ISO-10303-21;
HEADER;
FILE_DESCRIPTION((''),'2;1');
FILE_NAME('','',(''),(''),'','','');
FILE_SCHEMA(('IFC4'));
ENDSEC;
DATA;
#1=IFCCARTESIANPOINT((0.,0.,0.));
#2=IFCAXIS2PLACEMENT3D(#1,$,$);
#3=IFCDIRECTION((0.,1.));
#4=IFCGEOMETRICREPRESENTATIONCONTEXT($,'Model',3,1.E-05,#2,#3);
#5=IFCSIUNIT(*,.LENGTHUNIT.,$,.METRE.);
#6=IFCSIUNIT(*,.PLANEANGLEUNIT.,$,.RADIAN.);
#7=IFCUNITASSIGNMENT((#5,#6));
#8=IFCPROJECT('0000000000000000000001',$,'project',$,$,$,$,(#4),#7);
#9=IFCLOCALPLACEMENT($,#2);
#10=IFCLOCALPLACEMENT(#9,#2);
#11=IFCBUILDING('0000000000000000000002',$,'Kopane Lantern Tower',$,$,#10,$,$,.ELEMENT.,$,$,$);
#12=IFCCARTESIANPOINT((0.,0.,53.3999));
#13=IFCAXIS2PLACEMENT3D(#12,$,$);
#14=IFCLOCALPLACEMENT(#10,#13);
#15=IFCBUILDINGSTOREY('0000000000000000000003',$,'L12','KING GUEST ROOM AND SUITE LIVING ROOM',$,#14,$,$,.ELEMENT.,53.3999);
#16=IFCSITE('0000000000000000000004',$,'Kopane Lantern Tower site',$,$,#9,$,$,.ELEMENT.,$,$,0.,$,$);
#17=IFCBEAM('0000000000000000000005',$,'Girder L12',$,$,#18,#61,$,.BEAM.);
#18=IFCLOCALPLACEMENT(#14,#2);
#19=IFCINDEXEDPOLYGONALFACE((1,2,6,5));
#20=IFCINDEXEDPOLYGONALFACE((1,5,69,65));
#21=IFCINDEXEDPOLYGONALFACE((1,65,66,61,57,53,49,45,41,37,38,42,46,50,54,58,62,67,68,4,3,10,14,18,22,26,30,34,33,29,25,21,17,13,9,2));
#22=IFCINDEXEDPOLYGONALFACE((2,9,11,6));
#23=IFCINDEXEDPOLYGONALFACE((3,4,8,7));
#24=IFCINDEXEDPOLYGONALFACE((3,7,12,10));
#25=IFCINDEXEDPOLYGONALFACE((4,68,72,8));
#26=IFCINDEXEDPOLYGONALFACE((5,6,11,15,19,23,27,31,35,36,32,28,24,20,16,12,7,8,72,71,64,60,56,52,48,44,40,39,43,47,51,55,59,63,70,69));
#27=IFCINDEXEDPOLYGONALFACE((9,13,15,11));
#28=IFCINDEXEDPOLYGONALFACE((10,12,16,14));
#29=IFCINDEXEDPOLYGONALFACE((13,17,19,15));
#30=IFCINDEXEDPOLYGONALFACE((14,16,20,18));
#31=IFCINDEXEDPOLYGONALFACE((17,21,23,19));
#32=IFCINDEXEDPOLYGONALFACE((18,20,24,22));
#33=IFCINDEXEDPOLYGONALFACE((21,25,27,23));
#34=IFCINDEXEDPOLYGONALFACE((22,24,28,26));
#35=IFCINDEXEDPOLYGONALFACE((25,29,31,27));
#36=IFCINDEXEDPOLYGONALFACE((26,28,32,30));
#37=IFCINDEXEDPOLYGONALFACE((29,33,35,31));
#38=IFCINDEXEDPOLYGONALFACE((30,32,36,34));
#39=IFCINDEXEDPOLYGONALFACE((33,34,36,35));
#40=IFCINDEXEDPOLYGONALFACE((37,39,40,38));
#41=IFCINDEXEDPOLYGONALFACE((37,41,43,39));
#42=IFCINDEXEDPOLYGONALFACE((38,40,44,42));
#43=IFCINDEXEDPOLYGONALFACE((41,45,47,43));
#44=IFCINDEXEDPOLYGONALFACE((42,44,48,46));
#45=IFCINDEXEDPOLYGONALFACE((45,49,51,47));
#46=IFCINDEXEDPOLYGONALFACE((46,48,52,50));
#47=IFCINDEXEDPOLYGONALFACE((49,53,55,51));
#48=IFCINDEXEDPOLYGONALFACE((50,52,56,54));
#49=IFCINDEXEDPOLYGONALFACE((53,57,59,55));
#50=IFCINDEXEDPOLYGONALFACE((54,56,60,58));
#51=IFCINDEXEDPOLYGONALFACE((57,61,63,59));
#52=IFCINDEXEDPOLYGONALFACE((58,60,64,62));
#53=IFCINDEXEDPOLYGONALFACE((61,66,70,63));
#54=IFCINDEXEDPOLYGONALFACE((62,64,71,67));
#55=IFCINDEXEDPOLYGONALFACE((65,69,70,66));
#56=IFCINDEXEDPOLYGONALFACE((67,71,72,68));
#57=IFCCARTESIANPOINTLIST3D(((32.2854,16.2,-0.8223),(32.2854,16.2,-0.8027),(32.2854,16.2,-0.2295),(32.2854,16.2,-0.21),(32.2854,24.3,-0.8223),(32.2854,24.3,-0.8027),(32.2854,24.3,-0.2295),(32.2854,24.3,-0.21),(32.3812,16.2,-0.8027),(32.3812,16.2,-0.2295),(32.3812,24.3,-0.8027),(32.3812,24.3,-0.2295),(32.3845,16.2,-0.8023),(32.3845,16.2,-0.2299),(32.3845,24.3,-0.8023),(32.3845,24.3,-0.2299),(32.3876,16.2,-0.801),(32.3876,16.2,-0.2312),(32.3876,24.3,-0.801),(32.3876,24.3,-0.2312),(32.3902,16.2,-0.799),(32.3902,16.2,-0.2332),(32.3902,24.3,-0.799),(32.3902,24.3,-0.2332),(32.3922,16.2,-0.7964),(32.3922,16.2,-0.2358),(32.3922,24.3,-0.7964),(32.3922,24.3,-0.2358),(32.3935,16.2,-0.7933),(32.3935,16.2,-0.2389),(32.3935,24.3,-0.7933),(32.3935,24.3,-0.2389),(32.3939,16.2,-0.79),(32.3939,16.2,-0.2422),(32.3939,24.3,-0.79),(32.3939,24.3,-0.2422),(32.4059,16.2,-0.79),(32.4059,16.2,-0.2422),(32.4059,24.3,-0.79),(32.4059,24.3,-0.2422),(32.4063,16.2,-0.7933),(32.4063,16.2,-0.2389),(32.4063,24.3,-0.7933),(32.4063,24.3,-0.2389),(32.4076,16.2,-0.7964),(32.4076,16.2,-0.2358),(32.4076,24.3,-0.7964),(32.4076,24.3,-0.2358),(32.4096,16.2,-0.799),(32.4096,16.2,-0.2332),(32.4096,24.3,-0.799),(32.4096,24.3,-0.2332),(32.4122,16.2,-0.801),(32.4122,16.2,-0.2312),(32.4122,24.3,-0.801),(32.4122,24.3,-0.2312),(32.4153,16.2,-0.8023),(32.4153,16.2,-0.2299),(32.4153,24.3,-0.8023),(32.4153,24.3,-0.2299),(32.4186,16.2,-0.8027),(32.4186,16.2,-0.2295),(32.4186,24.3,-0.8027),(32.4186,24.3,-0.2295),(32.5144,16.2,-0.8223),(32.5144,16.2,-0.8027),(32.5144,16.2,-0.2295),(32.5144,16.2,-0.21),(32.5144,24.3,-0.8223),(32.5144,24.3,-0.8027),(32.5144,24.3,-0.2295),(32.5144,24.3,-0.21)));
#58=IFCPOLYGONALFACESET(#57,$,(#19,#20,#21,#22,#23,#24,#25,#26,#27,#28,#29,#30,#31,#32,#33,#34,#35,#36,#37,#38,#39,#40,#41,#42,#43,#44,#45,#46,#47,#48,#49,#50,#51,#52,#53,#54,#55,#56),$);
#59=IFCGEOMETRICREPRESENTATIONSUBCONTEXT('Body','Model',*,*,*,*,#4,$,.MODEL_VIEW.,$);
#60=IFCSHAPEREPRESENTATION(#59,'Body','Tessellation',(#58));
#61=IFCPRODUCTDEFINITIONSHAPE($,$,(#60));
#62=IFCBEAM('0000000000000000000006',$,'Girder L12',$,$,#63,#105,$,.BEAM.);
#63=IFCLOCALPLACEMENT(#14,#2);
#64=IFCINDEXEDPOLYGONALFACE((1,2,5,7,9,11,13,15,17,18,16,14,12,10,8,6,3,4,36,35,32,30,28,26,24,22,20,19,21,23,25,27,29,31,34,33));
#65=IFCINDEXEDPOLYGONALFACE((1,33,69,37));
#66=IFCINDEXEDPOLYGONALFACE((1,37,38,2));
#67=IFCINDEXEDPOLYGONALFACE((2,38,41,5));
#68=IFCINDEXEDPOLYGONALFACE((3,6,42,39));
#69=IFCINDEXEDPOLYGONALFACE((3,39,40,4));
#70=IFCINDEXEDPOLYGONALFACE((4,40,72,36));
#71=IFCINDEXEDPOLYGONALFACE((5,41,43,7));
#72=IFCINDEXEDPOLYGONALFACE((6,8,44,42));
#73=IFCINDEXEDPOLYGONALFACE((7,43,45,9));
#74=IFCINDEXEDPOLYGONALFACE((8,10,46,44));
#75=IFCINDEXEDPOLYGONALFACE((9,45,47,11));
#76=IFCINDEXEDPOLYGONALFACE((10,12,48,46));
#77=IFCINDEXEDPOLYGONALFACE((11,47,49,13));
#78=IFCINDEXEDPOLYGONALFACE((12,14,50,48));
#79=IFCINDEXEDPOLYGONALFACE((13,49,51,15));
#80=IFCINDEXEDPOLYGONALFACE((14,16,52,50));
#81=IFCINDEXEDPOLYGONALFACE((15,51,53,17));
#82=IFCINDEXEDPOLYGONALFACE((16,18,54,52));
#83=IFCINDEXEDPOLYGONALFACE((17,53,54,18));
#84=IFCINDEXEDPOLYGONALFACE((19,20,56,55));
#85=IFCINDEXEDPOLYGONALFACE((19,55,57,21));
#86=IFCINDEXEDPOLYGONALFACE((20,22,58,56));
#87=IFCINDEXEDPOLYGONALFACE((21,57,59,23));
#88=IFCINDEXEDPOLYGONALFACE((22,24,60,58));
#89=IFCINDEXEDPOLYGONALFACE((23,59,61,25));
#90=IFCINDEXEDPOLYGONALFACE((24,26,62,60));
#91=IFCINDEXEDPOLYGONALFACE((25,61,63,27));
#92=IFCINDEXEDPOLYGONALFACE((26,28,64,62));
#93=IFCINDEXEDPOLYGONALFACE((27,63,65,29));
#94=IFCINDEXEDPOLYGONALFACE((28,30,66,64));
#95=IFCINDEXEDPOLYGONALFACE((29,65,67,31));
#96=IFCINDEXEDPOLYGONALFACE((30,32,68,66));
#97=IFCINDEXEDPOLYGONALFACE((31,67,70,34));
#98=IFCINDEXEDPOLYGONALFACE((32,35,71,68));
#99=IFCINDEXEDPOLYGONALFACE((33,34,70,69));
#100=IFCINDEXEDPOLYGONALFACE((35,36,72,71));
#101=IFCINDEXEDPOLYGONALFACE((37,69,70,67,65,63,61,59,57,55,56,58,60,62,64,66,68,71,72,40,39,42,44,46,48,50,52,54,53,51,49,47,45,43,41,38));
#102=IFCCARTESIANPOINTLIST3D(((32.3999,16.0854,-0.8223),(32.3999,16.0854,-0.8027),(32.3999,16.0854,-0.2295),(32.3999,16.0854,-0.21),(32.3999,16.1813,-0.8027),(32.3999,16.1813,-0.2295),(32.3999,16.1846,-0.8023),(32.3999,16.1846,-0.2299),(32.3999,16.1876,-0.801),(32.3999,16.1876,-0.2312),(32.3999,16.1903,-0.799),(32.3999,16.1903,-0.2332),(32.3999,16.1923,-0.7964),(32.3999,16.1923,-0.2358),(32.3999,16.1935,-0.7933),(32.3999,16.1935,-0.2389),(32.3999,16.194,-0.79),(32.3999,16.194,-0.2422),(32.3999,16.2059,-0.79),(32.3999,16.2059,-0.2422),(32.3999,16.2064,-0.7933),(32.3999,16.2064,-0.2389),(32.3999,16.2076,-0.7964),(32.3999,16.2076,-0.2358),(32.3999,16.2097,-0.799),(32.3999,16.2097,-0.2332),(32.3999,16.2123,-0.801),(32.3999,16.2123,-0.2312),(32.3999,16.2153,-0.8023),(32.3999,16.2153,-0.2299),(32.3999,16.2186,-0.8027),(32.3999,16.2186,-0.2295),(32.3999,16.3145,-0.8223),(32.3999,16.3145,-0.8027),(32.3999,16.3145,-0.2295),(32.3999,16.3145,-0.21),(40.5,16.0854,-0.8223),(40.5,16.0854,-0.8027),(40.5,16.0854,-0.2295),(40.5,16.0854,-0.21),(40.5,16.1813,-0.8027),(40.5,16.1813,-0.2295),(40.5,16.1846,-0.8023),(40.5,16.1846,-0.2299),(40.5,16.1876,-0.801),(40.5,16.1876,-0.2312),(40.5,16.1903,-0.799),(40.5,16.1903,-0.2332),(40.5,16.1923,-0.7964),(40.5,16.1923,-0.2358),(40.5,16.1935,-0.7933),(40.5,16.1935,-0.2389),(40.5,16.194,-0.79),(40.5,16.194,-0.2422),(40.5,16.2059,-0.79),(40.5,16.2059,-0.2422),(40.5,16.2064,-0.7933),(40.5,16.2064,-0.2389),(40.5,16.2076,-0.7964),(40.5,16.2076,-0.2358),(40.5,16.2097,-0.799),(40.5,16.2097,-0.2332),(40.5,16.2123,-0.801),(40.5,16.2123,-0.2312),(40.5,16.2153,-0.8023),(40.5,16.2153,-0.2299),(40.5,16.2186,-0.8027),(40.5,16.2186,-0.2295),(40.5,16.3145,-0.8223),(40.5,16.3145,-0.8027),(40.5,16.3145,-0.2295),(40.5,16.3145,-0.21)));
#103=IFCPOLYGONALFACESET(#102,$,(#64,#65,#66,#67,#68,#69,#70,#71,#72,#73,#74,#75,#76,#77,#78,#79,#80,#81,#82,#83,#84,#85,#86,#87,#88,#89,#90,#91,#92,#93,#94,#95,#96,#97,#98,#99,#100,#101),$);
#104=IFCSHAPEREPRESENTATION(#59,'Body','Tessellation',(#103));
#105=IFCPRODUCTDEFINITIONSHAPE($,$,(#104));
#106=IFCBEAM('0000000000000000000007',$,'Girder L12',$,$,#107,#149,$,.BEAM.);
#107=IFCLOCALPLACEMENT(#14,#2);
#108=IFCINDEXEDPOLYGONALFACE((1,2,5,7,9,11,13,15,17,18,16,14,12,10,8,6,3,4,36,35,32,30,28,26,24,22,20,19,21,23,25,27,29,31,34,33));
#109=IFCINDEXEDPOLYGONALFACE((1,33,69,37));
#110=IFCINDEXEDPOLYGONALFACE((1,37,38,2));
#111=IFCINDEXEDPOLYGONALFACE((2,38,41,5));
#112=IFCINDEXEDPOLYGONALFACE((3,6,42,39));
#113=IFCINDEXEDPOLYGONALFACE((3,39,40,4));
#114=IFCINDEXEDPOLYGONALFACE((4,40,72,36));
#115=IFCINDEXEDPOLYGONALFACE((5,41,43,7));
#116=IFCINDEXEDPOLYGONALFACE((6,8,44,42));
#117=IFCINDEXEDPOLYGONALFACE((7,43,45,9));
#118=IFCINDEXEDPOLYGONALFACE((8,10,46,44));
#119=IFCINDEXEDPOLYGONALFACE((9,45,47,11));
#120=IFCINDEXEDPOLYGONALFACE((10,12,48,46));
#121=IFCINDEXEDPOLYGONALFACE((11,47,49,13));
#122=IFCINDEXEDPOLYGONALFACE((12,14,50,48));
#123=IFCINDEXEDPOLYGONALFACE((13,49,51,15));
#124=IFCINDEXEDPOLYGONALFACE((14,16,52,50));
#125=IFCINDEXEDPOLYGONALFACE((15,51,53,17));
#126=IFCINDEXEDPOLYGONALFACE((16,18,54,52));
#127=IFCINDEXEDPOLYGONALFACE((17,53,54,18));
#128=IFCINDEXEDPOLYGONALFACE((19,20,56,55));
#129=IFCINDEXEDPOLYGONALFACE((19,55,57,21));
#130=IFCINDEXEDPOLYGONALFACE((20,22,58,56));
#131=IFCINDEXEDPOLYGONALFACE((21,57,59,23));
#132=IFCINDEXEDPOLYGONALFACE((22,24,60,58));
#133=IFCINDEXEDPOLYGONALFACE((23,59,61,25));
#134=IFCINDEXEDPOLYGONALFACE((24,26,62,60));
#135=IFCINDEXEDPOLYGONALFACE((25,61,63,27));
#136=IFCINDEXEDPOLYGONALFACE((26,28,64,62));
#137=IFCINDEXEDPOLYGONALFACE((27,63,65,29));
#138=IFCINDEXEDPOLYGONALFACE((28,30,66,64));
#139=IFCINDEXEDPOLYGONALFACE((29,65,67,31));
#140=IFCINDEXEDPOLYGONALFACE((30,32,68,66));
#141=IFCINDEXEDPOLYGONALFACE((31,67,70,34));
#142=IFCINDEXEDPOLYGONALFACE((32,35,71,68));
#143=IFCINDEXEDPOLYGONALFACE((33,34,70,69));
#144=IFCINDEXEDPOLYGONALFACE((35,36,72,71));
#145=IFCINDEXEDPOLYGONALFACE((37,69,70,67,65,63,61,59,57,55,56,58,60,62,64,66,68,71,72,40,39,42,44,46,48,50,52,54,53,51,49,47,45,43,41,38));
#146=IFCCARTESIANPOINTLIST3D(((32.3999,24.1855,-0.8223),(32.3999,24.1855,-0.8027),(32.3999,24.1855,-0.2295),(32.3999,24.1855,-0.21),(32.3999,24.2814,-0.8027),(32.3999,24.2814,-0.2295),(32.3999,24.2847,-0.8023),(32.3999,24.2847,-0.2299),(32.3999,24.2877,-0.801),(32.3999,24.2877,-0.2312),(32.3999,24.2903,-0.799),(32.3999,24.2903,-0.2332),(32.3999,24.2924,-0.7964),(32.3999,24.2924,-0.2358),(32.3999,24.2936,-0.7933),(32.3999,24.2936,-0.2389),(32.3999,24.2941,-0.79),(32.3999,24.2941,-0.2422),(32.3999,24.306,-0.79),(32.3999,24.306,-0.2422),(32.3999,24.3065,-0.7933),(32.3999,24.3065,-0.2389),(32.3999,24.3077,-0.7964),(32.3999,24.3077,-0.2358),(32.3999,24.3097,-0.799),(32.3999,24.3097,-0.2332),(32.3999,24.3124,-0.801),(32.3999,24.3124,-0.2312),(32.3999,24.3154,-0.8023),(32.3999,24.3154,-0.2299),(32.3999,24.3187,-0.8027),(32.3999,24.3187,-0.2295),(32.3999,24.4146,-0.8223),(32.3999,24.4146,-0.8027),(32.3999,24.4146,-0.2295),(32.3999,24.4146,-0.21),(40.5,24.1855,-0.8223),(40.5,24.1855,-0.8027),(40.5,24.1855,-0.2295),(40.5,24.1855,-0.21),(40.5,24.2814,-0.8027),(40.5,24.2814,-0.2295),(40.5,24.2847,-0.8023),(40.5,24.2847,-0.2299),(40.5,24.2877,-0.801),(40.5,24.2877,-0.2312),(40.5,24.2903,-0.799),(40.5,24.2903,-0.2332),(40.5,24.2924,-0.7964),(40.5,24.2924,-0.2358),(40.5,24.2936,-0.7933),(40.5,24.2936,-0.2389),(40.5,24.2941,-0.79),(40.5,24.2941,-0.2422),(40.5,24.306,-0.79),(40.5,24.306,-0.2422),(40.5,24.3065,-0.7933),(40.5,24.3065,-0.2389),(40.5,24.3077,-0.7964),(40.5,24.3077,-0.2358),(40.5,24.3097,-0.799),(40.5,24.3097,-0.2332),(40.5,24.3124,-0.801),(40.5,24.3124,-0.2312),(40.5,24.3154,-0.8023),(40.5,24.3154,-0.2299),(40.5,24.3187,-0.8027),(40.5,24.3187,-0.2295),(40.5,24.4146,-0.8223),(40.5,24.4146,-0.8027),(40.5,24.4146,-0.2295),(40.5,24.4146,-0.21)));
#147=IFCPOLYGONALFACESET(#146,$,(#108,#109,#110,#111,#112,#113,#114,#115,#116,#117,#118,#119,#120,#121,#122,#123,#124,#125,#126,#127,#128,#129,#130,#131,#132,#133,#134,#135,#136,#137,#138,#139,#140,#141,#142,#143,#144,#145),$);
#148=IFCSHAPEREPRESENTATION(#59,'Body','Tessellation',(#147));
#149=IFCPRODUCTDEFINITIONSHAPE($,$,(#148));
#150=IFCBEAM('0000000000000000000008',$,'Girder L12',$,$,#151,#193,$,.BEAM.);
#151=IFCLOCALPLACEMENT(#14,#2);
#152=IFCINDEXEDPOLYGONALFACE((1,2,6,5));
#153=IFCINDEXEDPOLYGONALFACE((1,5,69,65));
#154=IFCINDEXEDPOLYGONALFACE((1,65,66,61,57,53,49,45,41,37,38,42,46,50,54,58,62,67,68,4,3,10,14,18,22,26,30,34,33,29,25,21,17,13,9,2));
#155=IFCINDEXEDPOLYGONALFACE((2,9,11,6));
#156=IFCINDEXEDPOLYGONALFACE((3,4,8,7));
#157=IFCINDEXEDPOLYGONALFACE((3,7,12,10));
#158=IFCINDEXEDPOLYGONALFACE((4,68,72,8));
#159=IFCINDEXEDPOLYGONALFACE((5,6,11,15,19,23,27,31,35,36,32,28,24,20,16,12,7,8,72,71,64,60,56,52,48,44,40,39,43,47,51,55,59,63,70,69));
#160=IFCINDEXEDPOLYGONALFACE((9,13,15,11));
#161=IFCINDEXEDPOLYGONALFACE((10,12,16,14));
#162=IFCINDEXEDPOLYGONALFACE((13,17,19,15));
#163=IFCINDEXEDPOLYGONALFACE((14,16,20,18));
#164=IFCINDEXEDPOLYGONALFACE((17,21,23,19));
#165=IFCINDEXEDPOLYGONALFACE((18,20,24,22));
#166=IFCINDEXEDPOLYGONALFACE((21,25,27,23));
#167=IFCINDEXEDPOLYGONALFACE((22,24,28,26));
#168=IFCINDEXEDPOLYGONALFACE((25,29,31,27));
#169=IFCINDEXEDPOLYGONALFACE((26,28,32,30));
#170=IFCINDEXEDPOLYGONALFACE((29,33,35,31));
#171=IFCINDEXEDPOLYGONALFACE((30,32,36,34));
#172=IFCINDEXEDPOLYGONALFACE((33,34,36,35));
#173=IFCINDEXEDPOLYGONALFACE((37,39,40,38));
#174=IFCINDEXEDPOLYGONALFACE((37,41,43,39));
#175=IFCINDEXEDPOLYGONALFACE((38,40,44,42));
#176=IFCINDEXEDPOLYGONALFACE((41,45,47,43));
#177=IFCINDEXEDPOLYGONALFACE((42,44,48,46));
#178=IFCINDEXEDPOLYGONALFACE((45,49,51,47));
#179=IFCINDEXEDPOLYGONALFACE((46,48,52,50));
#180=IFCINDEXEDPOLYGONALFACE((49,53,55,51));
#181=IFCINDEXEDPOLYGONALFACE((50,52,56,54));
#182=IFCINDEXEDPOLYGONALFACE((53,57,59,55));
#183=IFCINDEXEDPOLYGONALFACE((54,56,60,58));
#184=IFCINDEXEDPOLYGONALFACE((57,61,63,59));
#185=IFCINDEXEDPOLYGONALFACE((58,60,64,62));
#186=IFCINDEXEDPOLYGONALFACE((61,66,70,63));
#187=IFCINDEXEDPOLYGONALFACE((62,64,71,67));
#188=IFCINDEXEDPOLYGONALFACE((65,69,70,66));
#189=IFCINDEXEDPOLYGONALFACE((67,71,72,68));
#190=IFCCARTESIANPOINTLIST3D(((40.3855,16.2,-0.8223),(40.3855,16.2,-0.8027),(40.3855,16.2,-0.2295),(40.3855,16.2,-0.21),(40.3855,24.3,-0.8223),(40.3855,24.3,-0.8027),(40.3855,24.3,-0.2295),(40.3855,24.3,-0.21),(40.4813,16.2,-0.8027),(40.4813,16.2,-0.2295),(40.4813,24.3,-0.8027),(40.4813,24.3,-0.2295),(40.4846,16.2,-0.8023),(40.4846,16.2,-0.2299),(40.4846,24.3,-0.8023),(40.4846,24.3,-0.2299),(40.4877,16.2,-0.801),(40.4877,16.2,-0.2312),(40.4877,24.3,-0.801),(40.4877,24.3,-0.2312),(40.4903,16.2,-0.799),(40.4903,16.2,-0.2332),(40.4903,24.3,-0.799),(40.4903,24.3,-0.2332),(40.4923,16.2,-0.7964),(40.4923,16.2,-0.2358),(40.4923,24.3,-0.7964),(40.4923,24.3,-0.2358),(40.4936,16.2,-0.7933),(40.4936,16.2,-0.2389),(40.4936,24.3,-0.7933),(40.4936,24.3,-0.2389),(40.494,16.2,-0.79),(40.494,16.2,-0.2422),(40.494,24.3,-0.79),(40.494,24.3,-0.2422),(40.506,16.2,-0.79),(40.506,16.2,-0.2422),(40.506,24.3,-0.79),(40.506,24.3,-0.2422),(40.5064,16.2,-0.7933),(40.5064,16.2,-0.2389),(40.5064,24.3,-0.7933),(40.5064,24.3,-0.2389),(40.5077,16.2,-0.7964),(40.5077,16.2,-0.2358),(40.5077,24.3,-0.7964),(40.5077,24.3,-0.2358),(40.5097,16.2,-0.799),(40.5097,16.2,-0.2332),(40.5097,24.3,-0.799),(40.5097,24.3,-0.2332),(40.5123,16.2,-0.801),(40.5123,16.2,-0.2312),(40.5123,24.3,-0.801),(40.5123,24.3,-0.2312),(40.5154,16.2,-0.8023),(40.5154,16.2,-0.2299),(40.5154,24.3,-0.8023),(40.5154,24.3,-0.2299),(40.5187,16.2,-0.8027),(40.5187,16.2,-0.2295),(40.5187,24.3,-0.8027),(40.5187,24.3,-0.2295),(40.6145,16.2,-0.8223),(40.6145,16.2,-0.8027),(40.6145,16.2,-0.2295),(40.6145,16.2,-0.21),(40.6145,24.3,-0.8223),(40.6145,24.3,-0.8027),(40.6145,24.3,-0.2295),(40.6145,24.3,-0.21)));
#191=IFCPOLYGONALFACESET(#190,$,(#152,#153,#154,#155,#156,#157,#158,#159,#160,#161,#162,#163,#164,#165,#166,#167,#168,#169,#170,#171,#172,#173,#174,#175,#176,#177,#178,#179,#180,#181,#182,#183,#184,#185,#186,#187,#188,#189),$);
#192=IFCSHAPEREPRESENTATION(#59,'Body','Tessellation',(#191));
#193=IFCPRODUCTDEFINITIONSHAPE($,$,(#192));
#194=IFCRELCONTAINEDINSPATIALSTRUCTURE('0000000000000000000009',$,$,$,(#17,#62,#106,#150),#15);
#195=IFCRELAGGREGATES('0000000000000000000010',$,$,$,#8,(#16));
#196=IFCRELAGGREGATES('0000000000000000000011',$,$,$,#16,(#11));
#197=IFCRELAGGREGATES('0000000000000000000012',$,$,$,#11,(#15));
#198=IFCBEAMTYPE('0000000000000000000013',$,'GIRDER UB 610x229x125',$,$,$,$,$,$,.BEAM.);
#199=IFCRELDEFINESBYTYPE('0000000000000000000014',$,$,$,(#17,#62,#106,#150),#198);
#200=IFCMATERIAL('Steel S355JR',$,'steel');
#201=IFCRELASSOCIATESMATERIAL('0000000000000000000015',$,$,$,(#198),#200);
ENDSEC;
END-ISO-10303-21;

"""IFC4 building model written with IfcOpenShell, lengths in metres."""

from ifc_helpers import new_model, si_unit, direction, frame, origin, origin_2d, place, context, subcontext, project, spatial, i_section, extrude, material, material_profile, profile_set, type_object, element, save


model = new_model("IFC4")

# Units and contexts
model_context = context("Model", 3, precision=1e-05, world=origin(), true_north=direction((0.0, 1.0)))
body_context = subcontext(model_context, "Body", "Model", "MODEL_VIEW")
ifc_project = project(units=[si_unit("LENGTHUNIT", "METRE"), si_unit("PLANEANGLEUNIT", "RADIAN")], contexts=[model_context])

# Site, building, storey
site_placement = place(None, origin())
site = spatial("IfcSite", under=ifc_project, at=site_placement, Name="Kopane Lantern Tower site", CompositionType="ELEMENT", RefElevation=0.0)
building_placement = place(site_placement, origin())
building = spatial("IfcBuilding", under=site, at=building_placement, Name="Kopane Lantern Tower", CompositionType="ELEMENT")
storey_placement = place(building_placement, frame((0.0, 0.0, 53.3999)))
storey = spatial("IfcBuildingStorey", under=building, at=storey_placement, Name="L12", Description="KING GUEST ROOM AND SUITE LIVING ROOM", CompositionType="ELEMENT", Elevation=53.3999)

# Beams
ifc_material_1 = material(Name="Steel S355JR", Category="steel")
ifc_material_profile_1 = material_profile(ifc_material_1, i_section(OverallWidth=0.229, OverallDepth=0.6123, WebThickness=0.012, FlangeThickness=0.0195, FilletRadius=0.0127, at=origin_2d()), Name="UB 610x229x125")
ifc_profile_set_1 = profile_set([ifc_material_profile_1], Name="Steel S355JR")
beam_type_1 = type_object("IfcBeamType", Name="GIRDER UB 610x229x125", PredefinedType="BEAM", material=ifc_profile_set_1)
for number, where, z_axis, x_axis, name in (
    (1, (32.3999, 16.2, -0.5161), (0.0, 1.0, 0.0), (-1.0, 0.0, 0.0), "Girder L12"),
    (2, (32.3999, 16.2, -0.5161), (1.0, 0.0, 0.0), (0.0, 1.0, 0.0), "Girder L12"),
    (3, (32.3999, 24.3, -0.5161), (1.0, 0.0, 0.0), (0.0, 1.0, 0.0), "Girder L12"),
    (4, (40.5, 16.2, -0.5161), (0.0, 1.0, 0.0), (-1.0, 0.0, 0.0), "Girder L12"),
):
    element("IfcBeam", number, at=place(storey_placement, frame(where, z_axis=z_axis, x_axis=x_axis)), inside=storey, type_object=beam_type_1, Name=name, PredefinedType="BEAM", context=body_context, shape_type="SweptSolid", body=[
        extrude(i_section(OverallWidth=0.229, OverallDepth=0.6123, WebThickness=0.012, FlangeThickness=0.0195, FilletRadius=0.0127, at=origin_2d()), origin(), (0.0, 0.0, 1.0), 8.1001),
    ])

save(model, "model.ifc")
